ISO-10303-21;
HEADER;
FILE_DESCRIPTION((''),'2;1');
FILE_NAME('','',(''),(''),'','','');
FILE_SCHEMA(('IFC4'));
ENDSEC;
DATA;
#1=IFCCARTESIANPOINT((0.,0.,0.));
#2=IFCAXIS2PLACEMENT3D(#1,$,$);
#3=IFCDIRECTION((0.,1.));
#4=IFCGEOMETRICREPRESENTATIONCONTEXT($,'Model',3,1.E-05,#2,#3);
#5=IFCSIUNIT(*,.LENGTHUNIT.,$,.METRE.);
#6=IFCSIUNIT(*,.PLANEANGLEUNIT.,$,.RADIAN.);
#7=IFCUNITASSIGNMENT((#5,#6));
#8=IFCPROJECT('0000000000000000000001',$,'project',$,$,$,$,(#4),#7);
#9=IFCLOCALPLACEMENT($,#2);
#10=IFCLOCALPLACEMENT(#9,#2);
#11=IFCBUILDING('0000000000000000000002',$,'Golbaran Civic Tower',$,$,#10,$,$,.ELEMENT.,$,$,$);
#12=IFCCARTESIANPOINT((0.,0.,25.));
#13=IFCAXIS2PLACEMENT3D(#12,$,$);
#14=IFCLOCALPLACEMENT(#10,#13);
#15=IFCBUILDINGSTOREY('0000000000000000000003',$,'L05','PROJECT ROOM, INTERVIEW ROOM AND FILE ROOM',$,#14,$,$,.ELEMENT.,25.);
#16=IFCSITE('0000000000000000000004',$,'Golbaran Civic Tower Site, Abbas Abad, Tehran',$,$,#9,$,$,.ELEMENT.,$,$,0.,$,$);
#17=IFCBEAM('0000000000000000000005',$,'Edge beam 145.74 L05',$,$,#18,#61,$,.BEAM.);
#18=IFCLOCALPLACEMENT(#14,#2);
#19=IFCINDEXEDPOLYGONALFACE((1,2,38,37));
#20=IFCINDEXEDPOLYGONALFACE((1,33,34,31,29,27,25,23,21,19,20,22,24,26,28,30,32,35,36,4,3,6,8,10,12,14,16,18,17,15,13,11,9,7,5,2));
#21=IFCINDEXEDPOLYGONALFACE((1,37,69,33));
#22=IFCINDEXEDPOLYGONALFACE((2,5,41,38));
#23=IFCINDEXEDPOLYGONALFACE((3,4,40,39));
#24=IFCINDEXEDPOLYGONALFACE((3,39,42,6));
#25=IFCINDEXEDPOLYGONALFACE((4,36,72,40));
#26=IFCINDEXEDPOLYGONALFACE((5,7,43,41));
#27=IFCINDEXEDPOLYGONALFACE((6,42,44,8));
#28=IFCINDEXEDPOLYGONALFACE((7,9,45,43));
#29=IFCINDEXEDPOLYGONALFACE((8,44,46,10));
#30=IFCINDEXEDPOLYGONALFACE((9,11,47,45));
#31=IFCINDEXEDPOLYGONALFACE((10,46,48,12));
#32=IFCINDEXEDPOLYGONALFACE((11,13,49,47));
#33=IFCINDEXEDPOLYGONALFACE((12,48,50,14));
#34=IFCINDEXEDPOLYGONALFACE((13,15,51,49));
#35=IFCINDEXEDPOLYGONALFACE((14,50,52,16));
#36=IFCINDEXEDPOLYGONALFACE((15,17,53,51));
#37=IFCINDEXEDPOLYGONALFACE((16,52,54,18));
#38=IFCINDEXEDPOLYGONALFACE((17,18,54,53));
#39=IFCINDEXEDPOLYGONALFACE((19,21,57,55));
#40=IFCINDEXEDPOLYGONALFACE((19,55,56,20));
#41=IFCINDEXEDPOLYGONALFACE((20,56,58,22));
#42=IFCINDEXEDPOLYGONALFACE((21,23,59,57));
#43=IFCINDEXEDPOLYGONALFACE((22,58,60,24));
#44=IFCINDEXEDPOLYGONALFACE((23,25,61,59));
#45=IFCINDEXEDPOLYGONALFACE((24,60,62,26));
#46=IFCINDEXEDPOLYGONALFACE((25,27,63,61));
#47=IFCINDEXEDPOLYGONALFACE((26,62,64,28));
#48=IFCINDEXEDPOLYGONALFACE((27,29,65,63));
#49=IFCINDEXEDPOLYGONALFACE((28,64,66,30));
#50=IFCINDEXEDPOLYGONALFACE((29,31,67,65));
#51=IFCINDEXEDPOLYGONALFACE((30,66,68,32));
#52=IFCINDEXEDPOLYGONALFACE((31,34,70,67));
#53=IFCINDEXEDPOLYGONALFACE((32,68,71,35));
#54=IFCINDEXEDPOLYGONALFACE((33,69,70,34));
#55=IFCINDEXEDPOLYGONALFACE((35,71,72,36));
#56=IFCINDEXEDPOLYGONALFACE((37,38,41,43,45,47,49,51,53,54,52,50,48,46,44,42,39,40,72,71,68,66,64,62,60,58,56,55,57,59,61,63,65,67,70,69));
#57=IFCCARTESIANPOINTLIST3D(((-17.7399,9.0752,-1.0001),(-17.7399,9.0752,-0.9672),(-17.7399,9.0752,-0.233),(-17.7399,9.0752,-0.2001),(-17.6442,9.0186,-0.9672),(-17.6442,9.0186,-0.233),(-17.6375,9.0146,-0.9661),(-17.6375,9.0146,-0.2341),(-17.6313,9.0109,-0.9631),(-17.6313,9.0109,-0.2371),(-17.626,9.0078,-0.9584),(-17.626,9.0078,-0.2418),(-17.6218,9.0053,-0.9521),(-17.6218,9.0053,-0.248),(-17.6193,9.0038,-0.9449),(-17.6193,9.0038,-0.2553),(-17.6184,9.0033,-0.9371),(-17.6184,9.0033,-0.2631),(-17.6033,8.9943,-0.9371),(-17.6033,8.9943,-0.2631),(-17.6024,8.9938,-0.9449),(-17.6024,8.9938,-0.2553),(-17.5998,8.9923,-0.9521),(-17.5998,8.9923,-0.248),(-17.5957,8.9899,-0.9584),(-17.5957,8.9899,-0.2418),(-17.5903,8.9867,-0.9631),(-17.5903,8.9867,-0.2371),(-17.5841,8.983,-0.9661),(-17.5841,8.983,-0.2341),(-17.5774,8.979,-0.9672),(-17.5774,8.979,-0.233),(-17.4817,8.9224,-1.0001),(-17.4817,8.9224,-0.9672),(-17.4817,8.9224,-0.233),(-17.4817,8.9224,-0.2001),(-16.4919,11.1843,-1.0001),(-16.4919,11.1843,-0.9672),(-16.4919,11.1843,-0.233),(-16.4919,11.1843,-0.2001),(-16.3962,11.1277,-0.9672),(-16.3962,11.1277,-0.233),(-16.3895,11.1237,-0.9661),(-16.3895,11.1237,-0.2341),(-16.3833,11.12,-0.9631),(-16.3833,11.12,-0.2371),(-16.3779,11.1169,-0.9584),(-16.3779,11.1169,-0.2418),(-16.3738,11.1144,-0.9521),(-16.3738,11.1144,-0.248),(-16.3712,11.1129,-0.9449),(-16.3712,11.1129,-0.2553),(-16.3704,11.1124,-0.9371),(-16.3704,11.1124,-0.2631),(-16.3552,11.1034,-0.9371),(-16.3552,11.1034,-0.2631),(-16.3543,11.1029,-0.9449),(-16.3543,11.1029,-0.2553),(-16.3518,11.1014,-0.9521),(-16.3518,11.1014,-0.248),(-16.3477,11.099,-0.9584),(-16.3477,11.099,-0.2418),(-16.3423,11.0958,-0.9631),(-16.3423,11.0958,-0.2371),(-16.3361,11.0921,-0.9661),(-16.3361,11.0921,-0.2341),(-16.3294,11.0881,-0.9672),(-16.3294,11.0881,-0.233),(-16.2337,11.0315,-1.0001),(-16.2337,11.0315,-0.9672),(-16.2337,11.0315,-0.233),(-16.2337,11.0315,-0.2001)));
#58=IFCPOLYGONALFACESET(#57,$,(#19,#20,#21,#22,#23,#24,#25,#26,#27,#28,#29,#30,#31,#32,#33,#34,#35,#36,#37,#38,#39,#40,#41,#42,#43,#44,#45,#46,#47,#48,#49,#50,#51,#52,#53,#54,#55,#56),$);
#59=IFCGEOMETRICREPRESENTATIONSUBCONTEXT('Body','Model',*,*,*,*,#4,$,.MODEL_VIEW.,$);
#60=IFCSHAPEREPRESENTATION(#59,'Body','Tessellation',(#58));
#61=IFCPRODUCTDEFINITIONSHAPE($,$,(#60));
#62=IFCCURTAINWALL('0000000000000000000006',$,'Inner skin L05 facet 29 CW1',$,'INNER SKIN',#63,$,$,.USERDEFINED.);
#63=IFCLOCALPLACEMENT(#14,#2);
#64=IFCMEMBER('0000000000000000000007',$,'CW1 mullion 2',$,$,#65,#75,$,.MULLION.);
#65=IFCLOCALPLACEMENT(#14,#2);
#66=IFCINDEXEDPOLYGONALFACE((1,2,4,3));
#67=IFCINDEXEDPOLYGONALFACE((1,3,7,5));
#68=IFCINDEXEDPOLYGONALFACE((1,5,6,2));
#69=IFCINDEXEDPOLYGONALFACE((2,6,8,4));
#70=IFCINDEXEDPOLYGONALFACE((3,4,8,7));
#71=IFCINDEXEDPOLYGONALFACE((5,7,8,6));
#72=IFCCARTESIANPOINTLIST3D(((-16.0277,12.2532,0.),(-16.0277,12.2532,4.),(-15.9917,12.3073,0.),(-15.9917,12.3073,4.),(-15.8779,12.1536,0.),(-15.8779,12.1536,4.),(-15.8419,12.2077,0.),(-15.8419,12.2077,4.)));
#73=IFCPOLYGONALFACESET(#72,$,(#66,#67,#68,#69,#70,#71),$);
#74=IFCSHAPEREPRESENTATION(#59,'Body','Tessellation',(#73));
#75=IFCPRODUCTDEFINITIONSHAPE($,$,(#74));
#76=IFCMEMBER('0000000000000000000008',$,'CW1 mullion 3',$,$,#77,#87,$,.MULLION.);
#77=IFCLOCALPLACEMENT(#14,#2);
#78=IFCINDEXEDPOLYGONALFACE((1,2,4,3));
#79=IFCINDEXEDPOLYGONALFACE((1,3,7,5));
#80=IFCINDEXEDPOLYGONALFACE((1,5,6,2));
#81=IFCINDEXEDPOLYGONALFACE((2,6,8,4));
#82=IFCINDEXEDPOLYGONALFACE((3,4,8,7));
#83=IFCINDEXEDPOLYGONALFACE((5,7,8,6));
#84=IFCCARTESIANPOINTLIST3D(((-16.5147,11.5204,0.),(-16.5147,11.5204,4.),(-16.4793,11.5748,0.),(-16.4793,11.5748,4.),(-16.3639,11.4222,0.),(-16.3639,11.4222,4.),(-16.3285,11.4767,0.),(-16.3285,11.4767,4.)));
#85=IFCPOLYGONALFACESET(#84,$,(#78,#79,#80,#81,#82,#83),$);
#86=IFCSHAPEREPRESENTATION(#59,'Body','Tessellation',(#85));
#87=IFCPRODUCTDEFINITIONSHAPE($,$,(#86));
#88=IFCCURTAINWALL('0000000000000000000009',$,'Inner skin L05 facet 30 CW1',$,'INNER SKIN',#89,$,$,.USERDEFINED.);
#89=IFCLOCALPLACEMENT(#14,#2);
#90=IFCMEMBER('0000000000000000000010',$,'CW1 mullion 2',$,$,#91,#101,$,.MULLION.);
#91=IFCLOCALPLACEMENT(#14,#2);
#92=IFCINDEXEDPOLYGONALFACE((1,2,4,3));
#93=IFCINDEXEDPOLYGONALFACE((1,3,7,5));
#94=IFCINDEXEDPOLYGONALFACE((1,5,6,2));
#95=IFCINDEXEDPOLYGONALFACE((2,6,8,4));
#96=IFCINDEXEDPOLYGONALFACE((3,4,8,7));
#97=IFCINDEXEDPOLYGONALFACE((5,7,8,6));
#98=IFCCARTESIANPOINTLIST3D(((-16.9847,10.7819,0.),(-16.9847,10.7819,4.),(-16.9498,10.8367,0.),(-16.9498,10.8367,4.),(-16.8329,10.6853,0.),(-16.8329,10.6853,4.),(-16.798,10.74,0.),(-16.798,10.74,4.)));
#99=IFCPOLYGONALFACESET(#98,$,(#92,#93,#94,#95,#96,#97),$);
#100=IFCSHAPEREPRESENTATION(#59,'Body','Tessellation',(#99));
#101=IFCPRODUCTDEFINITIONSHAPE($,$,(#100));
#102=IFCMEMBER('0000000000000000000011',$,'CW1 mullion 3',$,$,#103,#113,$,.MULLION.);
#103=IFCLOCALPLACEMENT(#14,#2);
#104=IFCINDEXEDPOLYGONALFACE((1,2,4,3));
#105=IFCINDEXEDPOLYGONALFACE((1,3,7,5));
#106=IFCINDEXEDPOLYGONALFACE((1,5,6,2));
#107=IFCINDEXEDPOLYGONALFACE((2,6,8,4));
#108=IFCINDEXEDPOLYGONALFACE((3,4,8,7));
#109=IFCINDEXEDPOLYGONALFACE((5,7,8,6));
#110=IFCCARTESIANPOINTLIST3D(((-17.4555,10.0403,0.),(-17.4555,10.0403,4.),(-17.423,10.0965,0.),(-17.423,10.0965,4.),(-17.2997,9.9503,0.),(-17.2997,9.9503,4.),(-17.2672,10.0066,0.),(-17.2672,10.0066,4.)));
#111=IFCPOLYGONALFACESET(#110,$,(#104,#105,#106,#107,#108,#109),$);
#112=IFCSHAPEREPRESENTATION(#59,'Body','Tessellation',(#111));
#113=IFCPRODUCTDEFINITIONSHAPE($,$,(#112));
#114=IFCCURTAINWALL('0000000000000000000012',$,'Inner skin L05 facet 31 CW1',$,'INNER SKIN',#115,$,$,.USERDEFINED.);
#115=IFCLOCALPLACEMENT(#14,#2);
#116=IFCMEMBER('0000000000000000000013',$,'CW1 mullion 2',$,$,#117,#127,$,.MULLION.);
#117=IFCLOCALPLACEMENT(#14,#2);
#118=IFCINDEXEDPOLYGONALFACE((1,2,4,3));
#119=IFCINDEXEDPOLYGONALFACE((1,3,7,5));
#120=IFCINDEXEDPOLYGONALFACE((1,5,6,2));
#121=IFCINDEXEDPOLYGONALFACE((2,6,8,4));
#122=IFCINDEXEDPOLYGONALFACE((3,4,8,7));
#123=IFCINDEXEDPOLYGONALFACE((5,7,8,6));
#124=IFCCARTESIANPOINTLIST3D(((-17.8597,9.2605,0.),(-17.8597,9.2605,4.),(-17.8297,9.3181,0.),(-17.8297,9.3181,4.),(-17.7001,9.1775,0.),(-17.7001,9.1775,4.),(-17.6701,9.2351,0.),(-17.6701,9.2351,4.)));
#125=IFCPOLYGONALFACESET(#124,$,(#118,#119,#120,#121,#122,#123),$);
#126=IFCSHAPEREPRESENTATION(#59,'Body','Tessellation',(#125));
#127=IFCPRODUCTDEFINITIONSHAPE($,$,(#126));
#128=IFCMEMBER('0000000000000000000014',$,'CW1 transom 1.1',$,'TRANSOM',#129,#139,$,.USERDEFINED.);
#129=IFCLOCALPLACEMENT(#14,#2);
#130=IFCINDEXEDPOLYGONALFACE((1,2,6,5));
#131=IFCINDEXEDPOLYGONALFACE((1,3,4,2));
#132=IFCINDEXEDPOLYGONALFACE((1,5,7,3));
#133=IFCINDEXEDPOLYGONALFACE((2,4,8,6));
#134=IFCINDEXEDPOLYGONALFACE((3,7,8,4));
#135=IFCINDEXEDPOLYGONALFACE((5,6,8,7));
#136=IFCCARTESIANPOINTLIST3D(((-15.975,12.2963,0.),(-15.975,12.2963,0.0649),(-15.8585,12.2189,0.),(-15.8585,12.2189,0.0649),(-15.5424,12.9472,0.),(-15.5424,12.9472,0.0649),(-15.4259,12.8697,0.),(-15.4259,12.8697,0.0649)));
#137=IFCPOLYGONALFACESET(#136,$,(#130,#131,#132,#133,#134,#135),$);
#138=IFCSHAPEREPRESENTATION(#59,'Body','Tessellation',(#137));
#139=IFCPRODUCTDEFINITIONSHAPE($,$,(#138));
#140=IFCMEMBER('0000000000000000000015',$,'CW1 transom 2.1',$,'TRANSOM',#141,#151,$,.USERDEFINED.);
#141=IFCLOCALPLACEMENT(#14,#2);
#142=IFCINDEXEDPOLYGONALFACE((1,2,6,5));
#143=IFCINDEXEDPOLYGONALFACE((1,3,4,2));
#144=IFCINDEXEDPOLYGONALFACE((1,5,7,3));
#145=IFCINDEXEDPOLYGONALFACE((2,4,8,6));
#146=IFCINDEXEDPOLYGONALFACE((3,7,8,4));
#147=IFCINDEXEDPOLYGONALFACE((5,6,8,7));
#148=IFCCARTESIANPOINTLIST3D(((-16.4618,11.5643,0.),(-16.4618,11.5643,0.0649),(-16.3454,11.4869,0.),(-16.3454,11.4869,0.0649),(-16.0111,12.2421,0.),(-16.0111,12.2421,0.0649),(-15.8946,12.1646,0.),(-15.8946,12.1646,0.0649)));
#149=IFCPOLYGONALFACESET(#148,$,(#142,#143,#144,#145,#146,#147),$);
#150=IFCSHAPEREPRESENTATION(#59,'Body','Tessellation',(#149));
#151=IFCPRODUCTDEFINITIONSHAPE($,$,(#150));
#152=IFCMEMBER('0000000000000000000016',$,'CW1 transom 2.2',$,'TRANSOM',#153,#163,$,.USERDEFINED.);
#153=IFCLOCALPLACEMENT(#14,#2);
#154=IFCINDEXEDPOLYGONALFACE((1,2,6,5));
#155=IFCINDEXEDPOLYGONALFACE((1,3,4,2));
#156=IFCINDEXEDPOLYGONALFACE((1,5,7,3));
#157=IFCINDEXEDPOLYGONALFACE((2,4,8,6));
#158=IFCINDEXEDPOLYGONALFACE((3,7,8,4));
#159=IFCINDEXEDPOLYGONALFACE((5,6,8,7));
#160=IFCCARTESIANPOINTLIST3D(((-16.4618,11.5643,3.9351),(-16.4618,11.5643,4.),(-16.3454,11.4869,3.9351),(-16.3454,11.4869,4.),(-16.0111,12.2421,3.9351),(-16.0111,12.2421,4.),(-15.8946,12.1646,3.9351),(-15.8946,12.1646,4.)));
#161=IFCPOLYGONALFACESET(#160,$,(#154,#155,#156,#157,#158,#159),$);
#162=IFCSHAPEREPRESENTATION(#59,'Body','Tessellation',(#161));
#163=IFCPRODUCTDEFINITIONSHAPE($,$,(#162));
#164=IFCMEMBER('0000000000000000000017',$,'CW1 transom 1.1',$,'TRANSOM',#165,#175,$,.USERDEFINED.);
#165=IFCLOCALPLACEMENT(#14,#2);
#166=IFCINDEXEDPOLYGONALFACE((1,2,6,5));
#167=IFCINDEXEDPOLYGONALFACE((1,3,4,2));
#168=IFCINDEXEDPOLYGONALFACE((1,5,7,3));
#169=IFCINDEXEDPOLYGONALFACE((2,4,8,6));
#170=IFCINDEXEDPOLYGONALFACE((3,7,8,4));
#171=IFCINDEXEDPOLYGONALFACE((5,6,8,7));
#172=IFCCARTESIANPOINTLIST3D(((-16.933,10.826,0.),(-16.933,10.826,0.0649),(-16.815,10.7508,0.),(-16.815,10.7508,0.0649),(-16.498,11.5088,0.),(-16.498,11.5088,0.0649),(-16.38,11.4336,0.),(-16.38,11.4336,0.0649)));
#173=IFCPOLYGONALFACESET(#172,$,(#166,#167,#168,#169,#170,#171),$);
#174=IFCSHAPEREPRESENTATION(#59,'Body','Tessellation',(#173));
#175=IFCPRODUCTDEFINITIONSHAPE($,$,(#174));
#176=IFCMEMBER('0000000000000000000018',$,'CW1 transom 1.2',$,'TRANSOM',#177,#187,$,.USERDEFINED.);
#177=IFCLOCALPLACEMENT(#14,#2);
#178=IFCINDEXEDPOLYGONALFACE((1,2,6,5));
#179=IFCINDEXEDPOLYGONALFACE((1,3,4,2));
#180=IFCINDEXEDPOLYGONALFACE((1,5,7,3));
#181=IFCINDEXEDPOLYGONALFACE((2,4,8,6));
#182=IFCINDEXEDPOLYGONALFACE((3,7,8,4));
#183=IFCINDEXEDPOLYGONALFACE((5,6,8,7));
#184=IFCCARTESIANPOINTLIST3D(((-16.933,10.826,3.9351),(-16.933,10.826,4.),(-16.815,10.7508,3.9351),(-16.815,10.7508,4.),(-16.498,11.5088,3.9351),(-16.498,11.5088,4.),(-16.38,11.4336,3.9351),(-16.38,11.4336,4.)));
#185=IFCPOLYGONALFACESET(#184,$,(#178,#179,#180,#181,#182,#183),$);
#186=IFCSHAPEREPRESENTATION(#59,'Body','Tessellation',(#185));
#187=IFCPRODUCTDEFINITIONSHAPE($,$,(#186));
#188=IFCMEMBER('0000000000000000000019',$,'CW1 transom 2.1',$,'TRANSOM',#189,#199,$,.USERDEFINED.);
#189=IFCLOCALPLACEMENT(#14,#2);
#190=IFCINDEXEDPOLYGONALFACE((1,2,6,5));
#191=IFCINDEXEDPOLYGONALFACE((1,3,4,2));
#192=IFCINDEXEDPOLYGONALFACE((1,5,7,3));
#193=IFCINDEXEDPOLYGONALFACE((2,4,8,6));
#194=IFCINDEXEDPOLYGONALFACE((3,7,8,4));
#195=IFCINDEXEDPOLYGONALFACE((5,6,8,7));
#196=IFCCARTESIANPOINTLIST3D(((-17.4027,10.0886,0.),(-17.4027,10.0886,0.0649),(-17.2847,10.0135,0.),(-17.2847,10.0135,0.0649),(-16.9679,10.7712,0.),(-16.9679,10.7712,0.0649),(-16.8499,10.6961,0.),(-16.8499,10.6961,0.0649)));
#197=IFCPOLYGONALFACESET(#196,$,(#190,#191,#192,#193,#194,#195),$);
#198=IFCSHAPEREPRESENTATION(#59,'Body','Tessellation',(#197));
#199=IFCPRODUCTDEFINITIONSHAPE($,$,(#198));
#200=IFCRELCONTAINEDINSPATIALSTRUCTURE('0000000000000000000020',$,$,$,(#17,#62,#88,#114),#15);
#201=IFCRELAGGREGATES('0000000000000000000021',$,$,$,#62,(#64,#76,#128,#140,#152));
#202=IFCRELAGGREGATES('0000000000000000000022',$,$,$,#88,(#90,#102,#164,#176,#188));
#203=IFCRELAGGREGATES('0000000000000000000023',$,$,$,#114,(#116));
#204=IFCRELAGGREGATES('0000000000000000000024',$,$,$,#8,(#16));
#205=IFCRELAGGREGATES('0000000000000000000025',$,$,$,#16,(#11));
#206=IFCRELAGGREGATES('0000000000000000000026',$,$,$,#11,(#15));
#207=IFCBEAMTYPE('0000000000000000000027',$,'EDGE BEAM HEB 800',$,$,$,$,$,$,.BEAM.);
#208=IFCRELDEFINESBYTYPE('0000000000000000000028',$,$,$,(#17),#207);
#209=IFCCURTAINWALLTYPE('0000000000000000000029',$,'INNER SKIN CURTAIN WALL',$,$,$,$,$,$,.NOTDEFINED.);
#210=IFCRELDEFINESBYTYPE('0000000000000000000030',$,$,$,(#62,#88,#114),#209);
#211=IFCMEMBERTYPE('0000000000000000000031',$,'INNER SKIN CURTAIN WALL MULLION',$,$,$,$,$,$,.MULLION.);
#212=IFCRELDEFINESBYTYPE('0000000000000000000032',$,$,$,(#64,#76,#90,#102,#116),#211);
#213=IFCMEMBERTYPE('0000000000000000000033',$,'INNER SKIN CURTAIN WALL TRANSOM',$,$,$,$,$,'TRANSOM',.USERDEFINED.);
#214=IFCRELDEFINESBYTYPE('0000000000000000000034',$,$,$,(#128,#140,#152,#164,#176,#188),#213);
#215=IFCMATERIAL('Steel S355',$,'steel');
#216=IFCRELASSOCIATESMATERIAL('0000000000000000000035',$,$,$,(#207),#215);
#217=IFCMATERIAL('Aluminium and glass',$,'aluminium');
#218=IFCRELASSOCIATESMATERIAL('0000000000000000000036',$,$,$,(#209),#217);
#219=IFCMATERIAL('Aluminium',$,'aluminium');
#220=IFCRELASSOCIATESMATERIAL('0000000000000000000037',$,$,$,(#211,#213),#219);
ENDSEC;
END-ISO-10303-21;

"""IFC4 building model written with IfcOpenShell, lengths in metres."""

from ifc_helpers import new_model, si_unit, direction, frame, origin, origin_2d, place, context, subcontext, project, spatial, rectangle, i_section, extrude, material, material_profile, profile_set, type_object, element, aggregate, save


model = new_model("IFC4")

# Units and contexts
model_context = context("Model", 3, precision=1e-05, world=origin(), true_north=direction((0.0, 1.0)))
body_context = subcontext(model_context, "Body", "Model", "MODEL_VIEW")
ifc_project = project(units=[si_unit("LENGTHUNIT", "METRE"), si_unit("PLANEANGLEUNIT", "RADIAN")], contexts=[model_context])

# Site, building, storey
site_placement = place(None, origin())
site = spatial("IfcSite", under=ifc_project, at=site_placement, Name="Golbaran Civic Tower Site, Abbas Abad, Tehran", CompositionType="ELEMENT", RefElevation=0.0)
building_placement = place(site_placement, origin())
building = spatial("IfcBuilding", under=site, at=building_placement, Name="Golbaran Civic Tower", CompositionType="ELEMENT")
storey_placement = place(building_placement, frame((0.0, 0.0, 25.0)))
storey = spatial("IfcBuildingStorey", under=building, at=storey_placement, Name="L05", Description="PROJECT ROOM, INTERVIEW ROOM AND FILE ROOM", CompositionType="ELEMENT", Elevation=25.0)

# Beam
ifc_material_1 = material(Name="Steel S355", Category="steel")
ifc_material_profile_1 = material_profile(ifc_material_1, i_section(OverallWidth=0.3, OverallDepth=0.8, WebThickness=0.0176, FlangeThickness=0.033, FilletRadius=0.03, at=origin_2d()), Name="HEB 800")
ifc_profile_set_1 = profile_set([ifc_material_profile_1], Name="Steel S355")
beam_type = type_object("IfcBeamType", Name="EDGE BEAM HEB 800", PredefinedType="BEAM", material=ifc_profile_set_1)
beam_placement = place(storey_placement, frame((-16.3628, 11.1079, -0.6001), z_axis=(-0.509256, -0.860615, 0.0), x_axis=(0.860615, -0.509256, 0.0)))
element("IfcBeam", 1, at=beam_placement, inside=storey, type_object=beam_type, Name="Edge beam 145.74 L05", PredefinedType="BEAM", context=body_context, shape_type="SweptSolid", body=[
    extrude(i_section(OverallWidth=0.3, OverallDepth=0.8, WebThickness=0.0176, FlangeThickness=0.033, FilletRadius=0.03, at=origin_2d()), origin(), (0.0, 0.0, 1.0), 2.4507),
])

# Curtain walls, members
ifc_material_2 = material(Name="Aluminium and glass", Category="aluminium")
curtain_wall_type = type_object("IfcCurtainWallType", Name="INNER SKIN CURTAIN WALL", PredefinedType="NOTDEFINED", material=ifc_material_2)
curtain_wall_1_placement = place(storey_placement, origin())
curtain_wall_1 = element("IfcCurtainWall", 2, at=curtain_wall_1_placement, inside=storey, type_object=curtain_wall_type, Name="Inner skin L05 facet 29 CW1", ObjectType="INNER SKIN", PredefinedType="USERDEFINED")
ifc_material_3 = material(Name="Aluminium", Category="aluminium")
ifc_material_profile_2 = material_profile(ifc_material_3, rectangle(XDim=0.1799, YDim=0.0649, at=origin_2d()), Name="INNER SKIN CURTAIN WALL MULLION")
ifc_profile_set_2 = profile_set([ifc_material_profile_2], Name="Aluminium")
member_type_1 = type_object("IfcMemberType", Name="INNER SKIN CURTAIN WALL MULLION", PredefinedType="MULLION", material=ifc_profile_set_2)
member_1_placement = place(storey_placement, frame((-15.9348, 12.2305, 0.0), z_axis=(0.0, 0.0, 1.0), x_axis=(0.832703, -0.553719, 0.0)))
member_1 = element("IfcMember", 3, at=member_1_placement, type_object=member_type_1, Name="CW1 mullion 2", PredefinedType="MULLION", context=body_context, shape_type="SweptSolid", body=[
    extrude(rectangle(XDim=0.1799, YDim=0.0649, at=origin_2d()), origin(), (0.0, 0.0, 1.0), 4.0),
])
member_2_placement = place(storey_placement, frame((-16.4216, 11.4985, 0.0), z_axis=(0.0, 0.0, 1.0), x_axis=(0.838088, -0.545536, 0.0)))
member_2 = element("IfcMember", 4, at=member_2_placement, type_object=member_type_1, Name="CW1 mullion 3", PredefinedType="MULLION", context=body_context, shape_type="SweptSolid", body=[
    extrude(rectangle(XDim=0.1799, YDim=0.0649, at=origin_2d()), origin(), (0.0, 0.0, 1.0), 4.0),
])
curtain_wall_2_placement = place(storey_placement, origin())
curtain_wall_2 = element("IfcCurtainWall", 5, at=curtain_wall_2_placement, inside=storey, type_object=curtain_wall_type, Name="Inner skin L05 facet 30 CW1", ObjectType="INNER SKIN", PredefinedType="USERDEFINED")
member_3_placement = place(storey_placement, frame((-16.8914, 10.761, 0.0), z_axis=(0.0, 0.0, 1.0), x_axis=(0.843391, -0.5373, 0.0)))
member_3 = element("IfcMember", 6, at=member_3_placement, type_object=member_type_1, Name="CW1 mullion 2", PredefinedType="MULLION", context=body_context, shape_type="SweptSolid", body=[
    extrude(rectangle(XDim=0.1799, YDim=0.0649, at=origin_2d()), origin(), (0.0, 0.0, 1.0), 4.0),
])
member_4_placement = place(storey_placement, frame((-17.3613, 10.0234, 0.0), z_axis=(0.0, 0.0, 1.0), x_axis=(0.866025, -0.5, 0.0)))
member_4 = element("IfcMember", 7, at=member_4_placement, type_object=member_type_1, Name="CW1 mullion 3", PredefinedType="MULLION", context=body_context, shape_type="SweptSolid", body=[
    extrude(rectangle(XDim=0.1799, YDim=0.0649, at=origin_2d()), origin(), (0.0, 0.0, 1.0), 4.0),
])

# Curtain wall, member
curtain_wall_3_placement = place(storey_placement, origin())
curtain_wall_3 = element("IfcCurtainWall", 8, at=curtain_wall_3_placement, inside=storey, type_object=curtain_wall_type, Name="Inner skin L05 facet 31 CW1", ObjectType="INNER SKIN", PredefinedType="USERDEFINED")
member_5_placement = place(storey_placement, frame((-17.7649, 9.2478, 0.0), z_axis=(0.0, 0.0, 1.0), x_axis=(0.887011, -0.461749, 0.0)))
member_5 = element("IfcMember", 9, at=member_5_placement, type_object=member_type_1, Name="CW1 mullion 2", PredefinedType="MULLION", context=body_context, shape_type="SweptSolid", body=[
    extrude(rectangle(XDim=0.1799, YDim=0.0649, at=origin_2d()), origin(), (0.0, 0.0, 1.0), 4.0),
])

# Members
ifc_material_profile_3 = material_profile(ifc_material_3, rectangle(XDim=0.1399, YDim=0.0649, at=origin_2d()), Name="INNER SKIN CURTAIN WALL TRANSOM")
ifc_profile_set_3 = profile_set([ifc_material_profile_3], Name="Aluminium")
member_type_2 = type_object("IfcMemberType", Name="INNER SKIN CURTAIN WALL TRANSOM", ElementType="TRANSOM", PredefinedType="USERDEFINED", material=ifc_profile_set_3)
member_6_placement = place(storey_placement, frame((-15.4841, 12.9084, 0.0325), z_axis=(-0.553546, -0.832818, 0.0), x_axis=(0.832818, -0.553546, 0.0)))
member_6 = element("IfcMember", 10, at=member_6_placement, type_object=member_type_2, Name="CW1 transom 1.1", ObjectType="TRANSOM", PredefinedType="USERDEFINED", context=body_context, shape_type="SweptSolid", body=[
    extrude(rectangle(XDim=0.1399, YDim=0.0649, at=origin_2d()), origin(), (0.0, 0.0, 1.0), 0.7815),
])
member_7_placement = place(storey_placement, frame((-15.9529, 12.2034, 0.0325), z_axis=(-0.553731, -0.832696, 0.0), x_axis=(0.832696, -0.553731, 0.0)))
member_7 = element("IfcMember", 11, at=member_7_placement, type_object=member_type_2, Name="CW1 transom 2.1", ObjectType="TRANSOM", PredefinedType="USERDEFINED", context=body_context, shape_type="SweptSolid", body=[
    extrude(rectangle(XDim=0.1399, YDim=0.0649, at=origin_2d()), origin(), (0.0, 0.0, 1.0), 0.814),
])
member_8_placement = place(storey_placement, frame((-15.9529, 12.2034, 3.9675), z_axis=(-0.553731, -0.832696, 0.0), x_axis=(0.832696, -0.553731, 0.0)))
member_8 = element("IfcMember", 12, at=member_8_placement, type_object=member_type_2, Name="CW1 transom 2.2", ObjectType="TRANSOM", PredefinedType="USERDEFINED", context=body_context, shape_type="SweptSolid", body=[
    extrude(rectangle(XDim=0.1399, YDim=0.0649, at=origin_2d()), origin(), (0.0, 0.0, 1.0), 0.814),
])
member_9_placement = place(storey_placement, frame((-16.439, 11.4712, 0.0325), z_axis=(-0.537324, -0.843376, 0.0), x_axis=(0.843376, -0.537324, 0.0)))
member_9 = element("IfcMember", 13, at=member_9_placement, type_object=member_type_2, Name="CW1 transom 1.1", ObjectType="TRANSOM", PredefinedType="USERDEFINED", context=body_context, shape_type="SweptSolid", body=[
    extrude(rectangle(XDim=0.1399, YDim=0.0649, at=origin_2d()), origin(), (0.0, 0.0, 1.0), 0.8096),
])
member_10_placement = place(storey_placement, frame((-16.439, 11.4712, 3.9675), z_axis=(-0.537324, -0.843376, 0.0), x_axis=(0.843376, -0.537324, 0.0)))
member_10 = element("IfcMember", 14, at=member_10_placement, type_object=member_type_2, Name="CW1 transom 1.2", ObjectType="TRANSOM", PredefinedType="USERDEFINED", context=body_context, shape_type="SweptSolid", body=[
    extrude(rectangle(XDim=0.1399, YDim=0.0649, at=origin_2d()), origin(), (0.0, 0.0, 1.0), 0.8096),
])
member_11_placement = place(storey_placement, frame((-16.9089, 10.7336, 0.0325), z_axis=(-0.537246, -0.843425, 0.0), x_axis=(0.843425, -0.537246, 0.0)))
member_11 = element("IfcMember", 15, at=member_11_placement, type_object=member_type_2, Name="CW1 transom 2.1", ObjectType="TRANSOM", PredefinedType="USERDEFINED", context=body_context, shape_type="SweptSolid", body=[
    extrude(rectangle(XDim=0.1399, YDim=0.0649, at=origin_2d()), origin(), (0.0, 0.0, 1.0), 0.8093),
])

aggregate(curtain_wall_1, [member_1, member_2, member_6, member_7, member_8])
aggregate(curtain_wall_2, [member_3, member_4, member_9, member_10, member_11])
aggregate(curtain_wall_3, [member_5])

save(model, "model.ifc")
